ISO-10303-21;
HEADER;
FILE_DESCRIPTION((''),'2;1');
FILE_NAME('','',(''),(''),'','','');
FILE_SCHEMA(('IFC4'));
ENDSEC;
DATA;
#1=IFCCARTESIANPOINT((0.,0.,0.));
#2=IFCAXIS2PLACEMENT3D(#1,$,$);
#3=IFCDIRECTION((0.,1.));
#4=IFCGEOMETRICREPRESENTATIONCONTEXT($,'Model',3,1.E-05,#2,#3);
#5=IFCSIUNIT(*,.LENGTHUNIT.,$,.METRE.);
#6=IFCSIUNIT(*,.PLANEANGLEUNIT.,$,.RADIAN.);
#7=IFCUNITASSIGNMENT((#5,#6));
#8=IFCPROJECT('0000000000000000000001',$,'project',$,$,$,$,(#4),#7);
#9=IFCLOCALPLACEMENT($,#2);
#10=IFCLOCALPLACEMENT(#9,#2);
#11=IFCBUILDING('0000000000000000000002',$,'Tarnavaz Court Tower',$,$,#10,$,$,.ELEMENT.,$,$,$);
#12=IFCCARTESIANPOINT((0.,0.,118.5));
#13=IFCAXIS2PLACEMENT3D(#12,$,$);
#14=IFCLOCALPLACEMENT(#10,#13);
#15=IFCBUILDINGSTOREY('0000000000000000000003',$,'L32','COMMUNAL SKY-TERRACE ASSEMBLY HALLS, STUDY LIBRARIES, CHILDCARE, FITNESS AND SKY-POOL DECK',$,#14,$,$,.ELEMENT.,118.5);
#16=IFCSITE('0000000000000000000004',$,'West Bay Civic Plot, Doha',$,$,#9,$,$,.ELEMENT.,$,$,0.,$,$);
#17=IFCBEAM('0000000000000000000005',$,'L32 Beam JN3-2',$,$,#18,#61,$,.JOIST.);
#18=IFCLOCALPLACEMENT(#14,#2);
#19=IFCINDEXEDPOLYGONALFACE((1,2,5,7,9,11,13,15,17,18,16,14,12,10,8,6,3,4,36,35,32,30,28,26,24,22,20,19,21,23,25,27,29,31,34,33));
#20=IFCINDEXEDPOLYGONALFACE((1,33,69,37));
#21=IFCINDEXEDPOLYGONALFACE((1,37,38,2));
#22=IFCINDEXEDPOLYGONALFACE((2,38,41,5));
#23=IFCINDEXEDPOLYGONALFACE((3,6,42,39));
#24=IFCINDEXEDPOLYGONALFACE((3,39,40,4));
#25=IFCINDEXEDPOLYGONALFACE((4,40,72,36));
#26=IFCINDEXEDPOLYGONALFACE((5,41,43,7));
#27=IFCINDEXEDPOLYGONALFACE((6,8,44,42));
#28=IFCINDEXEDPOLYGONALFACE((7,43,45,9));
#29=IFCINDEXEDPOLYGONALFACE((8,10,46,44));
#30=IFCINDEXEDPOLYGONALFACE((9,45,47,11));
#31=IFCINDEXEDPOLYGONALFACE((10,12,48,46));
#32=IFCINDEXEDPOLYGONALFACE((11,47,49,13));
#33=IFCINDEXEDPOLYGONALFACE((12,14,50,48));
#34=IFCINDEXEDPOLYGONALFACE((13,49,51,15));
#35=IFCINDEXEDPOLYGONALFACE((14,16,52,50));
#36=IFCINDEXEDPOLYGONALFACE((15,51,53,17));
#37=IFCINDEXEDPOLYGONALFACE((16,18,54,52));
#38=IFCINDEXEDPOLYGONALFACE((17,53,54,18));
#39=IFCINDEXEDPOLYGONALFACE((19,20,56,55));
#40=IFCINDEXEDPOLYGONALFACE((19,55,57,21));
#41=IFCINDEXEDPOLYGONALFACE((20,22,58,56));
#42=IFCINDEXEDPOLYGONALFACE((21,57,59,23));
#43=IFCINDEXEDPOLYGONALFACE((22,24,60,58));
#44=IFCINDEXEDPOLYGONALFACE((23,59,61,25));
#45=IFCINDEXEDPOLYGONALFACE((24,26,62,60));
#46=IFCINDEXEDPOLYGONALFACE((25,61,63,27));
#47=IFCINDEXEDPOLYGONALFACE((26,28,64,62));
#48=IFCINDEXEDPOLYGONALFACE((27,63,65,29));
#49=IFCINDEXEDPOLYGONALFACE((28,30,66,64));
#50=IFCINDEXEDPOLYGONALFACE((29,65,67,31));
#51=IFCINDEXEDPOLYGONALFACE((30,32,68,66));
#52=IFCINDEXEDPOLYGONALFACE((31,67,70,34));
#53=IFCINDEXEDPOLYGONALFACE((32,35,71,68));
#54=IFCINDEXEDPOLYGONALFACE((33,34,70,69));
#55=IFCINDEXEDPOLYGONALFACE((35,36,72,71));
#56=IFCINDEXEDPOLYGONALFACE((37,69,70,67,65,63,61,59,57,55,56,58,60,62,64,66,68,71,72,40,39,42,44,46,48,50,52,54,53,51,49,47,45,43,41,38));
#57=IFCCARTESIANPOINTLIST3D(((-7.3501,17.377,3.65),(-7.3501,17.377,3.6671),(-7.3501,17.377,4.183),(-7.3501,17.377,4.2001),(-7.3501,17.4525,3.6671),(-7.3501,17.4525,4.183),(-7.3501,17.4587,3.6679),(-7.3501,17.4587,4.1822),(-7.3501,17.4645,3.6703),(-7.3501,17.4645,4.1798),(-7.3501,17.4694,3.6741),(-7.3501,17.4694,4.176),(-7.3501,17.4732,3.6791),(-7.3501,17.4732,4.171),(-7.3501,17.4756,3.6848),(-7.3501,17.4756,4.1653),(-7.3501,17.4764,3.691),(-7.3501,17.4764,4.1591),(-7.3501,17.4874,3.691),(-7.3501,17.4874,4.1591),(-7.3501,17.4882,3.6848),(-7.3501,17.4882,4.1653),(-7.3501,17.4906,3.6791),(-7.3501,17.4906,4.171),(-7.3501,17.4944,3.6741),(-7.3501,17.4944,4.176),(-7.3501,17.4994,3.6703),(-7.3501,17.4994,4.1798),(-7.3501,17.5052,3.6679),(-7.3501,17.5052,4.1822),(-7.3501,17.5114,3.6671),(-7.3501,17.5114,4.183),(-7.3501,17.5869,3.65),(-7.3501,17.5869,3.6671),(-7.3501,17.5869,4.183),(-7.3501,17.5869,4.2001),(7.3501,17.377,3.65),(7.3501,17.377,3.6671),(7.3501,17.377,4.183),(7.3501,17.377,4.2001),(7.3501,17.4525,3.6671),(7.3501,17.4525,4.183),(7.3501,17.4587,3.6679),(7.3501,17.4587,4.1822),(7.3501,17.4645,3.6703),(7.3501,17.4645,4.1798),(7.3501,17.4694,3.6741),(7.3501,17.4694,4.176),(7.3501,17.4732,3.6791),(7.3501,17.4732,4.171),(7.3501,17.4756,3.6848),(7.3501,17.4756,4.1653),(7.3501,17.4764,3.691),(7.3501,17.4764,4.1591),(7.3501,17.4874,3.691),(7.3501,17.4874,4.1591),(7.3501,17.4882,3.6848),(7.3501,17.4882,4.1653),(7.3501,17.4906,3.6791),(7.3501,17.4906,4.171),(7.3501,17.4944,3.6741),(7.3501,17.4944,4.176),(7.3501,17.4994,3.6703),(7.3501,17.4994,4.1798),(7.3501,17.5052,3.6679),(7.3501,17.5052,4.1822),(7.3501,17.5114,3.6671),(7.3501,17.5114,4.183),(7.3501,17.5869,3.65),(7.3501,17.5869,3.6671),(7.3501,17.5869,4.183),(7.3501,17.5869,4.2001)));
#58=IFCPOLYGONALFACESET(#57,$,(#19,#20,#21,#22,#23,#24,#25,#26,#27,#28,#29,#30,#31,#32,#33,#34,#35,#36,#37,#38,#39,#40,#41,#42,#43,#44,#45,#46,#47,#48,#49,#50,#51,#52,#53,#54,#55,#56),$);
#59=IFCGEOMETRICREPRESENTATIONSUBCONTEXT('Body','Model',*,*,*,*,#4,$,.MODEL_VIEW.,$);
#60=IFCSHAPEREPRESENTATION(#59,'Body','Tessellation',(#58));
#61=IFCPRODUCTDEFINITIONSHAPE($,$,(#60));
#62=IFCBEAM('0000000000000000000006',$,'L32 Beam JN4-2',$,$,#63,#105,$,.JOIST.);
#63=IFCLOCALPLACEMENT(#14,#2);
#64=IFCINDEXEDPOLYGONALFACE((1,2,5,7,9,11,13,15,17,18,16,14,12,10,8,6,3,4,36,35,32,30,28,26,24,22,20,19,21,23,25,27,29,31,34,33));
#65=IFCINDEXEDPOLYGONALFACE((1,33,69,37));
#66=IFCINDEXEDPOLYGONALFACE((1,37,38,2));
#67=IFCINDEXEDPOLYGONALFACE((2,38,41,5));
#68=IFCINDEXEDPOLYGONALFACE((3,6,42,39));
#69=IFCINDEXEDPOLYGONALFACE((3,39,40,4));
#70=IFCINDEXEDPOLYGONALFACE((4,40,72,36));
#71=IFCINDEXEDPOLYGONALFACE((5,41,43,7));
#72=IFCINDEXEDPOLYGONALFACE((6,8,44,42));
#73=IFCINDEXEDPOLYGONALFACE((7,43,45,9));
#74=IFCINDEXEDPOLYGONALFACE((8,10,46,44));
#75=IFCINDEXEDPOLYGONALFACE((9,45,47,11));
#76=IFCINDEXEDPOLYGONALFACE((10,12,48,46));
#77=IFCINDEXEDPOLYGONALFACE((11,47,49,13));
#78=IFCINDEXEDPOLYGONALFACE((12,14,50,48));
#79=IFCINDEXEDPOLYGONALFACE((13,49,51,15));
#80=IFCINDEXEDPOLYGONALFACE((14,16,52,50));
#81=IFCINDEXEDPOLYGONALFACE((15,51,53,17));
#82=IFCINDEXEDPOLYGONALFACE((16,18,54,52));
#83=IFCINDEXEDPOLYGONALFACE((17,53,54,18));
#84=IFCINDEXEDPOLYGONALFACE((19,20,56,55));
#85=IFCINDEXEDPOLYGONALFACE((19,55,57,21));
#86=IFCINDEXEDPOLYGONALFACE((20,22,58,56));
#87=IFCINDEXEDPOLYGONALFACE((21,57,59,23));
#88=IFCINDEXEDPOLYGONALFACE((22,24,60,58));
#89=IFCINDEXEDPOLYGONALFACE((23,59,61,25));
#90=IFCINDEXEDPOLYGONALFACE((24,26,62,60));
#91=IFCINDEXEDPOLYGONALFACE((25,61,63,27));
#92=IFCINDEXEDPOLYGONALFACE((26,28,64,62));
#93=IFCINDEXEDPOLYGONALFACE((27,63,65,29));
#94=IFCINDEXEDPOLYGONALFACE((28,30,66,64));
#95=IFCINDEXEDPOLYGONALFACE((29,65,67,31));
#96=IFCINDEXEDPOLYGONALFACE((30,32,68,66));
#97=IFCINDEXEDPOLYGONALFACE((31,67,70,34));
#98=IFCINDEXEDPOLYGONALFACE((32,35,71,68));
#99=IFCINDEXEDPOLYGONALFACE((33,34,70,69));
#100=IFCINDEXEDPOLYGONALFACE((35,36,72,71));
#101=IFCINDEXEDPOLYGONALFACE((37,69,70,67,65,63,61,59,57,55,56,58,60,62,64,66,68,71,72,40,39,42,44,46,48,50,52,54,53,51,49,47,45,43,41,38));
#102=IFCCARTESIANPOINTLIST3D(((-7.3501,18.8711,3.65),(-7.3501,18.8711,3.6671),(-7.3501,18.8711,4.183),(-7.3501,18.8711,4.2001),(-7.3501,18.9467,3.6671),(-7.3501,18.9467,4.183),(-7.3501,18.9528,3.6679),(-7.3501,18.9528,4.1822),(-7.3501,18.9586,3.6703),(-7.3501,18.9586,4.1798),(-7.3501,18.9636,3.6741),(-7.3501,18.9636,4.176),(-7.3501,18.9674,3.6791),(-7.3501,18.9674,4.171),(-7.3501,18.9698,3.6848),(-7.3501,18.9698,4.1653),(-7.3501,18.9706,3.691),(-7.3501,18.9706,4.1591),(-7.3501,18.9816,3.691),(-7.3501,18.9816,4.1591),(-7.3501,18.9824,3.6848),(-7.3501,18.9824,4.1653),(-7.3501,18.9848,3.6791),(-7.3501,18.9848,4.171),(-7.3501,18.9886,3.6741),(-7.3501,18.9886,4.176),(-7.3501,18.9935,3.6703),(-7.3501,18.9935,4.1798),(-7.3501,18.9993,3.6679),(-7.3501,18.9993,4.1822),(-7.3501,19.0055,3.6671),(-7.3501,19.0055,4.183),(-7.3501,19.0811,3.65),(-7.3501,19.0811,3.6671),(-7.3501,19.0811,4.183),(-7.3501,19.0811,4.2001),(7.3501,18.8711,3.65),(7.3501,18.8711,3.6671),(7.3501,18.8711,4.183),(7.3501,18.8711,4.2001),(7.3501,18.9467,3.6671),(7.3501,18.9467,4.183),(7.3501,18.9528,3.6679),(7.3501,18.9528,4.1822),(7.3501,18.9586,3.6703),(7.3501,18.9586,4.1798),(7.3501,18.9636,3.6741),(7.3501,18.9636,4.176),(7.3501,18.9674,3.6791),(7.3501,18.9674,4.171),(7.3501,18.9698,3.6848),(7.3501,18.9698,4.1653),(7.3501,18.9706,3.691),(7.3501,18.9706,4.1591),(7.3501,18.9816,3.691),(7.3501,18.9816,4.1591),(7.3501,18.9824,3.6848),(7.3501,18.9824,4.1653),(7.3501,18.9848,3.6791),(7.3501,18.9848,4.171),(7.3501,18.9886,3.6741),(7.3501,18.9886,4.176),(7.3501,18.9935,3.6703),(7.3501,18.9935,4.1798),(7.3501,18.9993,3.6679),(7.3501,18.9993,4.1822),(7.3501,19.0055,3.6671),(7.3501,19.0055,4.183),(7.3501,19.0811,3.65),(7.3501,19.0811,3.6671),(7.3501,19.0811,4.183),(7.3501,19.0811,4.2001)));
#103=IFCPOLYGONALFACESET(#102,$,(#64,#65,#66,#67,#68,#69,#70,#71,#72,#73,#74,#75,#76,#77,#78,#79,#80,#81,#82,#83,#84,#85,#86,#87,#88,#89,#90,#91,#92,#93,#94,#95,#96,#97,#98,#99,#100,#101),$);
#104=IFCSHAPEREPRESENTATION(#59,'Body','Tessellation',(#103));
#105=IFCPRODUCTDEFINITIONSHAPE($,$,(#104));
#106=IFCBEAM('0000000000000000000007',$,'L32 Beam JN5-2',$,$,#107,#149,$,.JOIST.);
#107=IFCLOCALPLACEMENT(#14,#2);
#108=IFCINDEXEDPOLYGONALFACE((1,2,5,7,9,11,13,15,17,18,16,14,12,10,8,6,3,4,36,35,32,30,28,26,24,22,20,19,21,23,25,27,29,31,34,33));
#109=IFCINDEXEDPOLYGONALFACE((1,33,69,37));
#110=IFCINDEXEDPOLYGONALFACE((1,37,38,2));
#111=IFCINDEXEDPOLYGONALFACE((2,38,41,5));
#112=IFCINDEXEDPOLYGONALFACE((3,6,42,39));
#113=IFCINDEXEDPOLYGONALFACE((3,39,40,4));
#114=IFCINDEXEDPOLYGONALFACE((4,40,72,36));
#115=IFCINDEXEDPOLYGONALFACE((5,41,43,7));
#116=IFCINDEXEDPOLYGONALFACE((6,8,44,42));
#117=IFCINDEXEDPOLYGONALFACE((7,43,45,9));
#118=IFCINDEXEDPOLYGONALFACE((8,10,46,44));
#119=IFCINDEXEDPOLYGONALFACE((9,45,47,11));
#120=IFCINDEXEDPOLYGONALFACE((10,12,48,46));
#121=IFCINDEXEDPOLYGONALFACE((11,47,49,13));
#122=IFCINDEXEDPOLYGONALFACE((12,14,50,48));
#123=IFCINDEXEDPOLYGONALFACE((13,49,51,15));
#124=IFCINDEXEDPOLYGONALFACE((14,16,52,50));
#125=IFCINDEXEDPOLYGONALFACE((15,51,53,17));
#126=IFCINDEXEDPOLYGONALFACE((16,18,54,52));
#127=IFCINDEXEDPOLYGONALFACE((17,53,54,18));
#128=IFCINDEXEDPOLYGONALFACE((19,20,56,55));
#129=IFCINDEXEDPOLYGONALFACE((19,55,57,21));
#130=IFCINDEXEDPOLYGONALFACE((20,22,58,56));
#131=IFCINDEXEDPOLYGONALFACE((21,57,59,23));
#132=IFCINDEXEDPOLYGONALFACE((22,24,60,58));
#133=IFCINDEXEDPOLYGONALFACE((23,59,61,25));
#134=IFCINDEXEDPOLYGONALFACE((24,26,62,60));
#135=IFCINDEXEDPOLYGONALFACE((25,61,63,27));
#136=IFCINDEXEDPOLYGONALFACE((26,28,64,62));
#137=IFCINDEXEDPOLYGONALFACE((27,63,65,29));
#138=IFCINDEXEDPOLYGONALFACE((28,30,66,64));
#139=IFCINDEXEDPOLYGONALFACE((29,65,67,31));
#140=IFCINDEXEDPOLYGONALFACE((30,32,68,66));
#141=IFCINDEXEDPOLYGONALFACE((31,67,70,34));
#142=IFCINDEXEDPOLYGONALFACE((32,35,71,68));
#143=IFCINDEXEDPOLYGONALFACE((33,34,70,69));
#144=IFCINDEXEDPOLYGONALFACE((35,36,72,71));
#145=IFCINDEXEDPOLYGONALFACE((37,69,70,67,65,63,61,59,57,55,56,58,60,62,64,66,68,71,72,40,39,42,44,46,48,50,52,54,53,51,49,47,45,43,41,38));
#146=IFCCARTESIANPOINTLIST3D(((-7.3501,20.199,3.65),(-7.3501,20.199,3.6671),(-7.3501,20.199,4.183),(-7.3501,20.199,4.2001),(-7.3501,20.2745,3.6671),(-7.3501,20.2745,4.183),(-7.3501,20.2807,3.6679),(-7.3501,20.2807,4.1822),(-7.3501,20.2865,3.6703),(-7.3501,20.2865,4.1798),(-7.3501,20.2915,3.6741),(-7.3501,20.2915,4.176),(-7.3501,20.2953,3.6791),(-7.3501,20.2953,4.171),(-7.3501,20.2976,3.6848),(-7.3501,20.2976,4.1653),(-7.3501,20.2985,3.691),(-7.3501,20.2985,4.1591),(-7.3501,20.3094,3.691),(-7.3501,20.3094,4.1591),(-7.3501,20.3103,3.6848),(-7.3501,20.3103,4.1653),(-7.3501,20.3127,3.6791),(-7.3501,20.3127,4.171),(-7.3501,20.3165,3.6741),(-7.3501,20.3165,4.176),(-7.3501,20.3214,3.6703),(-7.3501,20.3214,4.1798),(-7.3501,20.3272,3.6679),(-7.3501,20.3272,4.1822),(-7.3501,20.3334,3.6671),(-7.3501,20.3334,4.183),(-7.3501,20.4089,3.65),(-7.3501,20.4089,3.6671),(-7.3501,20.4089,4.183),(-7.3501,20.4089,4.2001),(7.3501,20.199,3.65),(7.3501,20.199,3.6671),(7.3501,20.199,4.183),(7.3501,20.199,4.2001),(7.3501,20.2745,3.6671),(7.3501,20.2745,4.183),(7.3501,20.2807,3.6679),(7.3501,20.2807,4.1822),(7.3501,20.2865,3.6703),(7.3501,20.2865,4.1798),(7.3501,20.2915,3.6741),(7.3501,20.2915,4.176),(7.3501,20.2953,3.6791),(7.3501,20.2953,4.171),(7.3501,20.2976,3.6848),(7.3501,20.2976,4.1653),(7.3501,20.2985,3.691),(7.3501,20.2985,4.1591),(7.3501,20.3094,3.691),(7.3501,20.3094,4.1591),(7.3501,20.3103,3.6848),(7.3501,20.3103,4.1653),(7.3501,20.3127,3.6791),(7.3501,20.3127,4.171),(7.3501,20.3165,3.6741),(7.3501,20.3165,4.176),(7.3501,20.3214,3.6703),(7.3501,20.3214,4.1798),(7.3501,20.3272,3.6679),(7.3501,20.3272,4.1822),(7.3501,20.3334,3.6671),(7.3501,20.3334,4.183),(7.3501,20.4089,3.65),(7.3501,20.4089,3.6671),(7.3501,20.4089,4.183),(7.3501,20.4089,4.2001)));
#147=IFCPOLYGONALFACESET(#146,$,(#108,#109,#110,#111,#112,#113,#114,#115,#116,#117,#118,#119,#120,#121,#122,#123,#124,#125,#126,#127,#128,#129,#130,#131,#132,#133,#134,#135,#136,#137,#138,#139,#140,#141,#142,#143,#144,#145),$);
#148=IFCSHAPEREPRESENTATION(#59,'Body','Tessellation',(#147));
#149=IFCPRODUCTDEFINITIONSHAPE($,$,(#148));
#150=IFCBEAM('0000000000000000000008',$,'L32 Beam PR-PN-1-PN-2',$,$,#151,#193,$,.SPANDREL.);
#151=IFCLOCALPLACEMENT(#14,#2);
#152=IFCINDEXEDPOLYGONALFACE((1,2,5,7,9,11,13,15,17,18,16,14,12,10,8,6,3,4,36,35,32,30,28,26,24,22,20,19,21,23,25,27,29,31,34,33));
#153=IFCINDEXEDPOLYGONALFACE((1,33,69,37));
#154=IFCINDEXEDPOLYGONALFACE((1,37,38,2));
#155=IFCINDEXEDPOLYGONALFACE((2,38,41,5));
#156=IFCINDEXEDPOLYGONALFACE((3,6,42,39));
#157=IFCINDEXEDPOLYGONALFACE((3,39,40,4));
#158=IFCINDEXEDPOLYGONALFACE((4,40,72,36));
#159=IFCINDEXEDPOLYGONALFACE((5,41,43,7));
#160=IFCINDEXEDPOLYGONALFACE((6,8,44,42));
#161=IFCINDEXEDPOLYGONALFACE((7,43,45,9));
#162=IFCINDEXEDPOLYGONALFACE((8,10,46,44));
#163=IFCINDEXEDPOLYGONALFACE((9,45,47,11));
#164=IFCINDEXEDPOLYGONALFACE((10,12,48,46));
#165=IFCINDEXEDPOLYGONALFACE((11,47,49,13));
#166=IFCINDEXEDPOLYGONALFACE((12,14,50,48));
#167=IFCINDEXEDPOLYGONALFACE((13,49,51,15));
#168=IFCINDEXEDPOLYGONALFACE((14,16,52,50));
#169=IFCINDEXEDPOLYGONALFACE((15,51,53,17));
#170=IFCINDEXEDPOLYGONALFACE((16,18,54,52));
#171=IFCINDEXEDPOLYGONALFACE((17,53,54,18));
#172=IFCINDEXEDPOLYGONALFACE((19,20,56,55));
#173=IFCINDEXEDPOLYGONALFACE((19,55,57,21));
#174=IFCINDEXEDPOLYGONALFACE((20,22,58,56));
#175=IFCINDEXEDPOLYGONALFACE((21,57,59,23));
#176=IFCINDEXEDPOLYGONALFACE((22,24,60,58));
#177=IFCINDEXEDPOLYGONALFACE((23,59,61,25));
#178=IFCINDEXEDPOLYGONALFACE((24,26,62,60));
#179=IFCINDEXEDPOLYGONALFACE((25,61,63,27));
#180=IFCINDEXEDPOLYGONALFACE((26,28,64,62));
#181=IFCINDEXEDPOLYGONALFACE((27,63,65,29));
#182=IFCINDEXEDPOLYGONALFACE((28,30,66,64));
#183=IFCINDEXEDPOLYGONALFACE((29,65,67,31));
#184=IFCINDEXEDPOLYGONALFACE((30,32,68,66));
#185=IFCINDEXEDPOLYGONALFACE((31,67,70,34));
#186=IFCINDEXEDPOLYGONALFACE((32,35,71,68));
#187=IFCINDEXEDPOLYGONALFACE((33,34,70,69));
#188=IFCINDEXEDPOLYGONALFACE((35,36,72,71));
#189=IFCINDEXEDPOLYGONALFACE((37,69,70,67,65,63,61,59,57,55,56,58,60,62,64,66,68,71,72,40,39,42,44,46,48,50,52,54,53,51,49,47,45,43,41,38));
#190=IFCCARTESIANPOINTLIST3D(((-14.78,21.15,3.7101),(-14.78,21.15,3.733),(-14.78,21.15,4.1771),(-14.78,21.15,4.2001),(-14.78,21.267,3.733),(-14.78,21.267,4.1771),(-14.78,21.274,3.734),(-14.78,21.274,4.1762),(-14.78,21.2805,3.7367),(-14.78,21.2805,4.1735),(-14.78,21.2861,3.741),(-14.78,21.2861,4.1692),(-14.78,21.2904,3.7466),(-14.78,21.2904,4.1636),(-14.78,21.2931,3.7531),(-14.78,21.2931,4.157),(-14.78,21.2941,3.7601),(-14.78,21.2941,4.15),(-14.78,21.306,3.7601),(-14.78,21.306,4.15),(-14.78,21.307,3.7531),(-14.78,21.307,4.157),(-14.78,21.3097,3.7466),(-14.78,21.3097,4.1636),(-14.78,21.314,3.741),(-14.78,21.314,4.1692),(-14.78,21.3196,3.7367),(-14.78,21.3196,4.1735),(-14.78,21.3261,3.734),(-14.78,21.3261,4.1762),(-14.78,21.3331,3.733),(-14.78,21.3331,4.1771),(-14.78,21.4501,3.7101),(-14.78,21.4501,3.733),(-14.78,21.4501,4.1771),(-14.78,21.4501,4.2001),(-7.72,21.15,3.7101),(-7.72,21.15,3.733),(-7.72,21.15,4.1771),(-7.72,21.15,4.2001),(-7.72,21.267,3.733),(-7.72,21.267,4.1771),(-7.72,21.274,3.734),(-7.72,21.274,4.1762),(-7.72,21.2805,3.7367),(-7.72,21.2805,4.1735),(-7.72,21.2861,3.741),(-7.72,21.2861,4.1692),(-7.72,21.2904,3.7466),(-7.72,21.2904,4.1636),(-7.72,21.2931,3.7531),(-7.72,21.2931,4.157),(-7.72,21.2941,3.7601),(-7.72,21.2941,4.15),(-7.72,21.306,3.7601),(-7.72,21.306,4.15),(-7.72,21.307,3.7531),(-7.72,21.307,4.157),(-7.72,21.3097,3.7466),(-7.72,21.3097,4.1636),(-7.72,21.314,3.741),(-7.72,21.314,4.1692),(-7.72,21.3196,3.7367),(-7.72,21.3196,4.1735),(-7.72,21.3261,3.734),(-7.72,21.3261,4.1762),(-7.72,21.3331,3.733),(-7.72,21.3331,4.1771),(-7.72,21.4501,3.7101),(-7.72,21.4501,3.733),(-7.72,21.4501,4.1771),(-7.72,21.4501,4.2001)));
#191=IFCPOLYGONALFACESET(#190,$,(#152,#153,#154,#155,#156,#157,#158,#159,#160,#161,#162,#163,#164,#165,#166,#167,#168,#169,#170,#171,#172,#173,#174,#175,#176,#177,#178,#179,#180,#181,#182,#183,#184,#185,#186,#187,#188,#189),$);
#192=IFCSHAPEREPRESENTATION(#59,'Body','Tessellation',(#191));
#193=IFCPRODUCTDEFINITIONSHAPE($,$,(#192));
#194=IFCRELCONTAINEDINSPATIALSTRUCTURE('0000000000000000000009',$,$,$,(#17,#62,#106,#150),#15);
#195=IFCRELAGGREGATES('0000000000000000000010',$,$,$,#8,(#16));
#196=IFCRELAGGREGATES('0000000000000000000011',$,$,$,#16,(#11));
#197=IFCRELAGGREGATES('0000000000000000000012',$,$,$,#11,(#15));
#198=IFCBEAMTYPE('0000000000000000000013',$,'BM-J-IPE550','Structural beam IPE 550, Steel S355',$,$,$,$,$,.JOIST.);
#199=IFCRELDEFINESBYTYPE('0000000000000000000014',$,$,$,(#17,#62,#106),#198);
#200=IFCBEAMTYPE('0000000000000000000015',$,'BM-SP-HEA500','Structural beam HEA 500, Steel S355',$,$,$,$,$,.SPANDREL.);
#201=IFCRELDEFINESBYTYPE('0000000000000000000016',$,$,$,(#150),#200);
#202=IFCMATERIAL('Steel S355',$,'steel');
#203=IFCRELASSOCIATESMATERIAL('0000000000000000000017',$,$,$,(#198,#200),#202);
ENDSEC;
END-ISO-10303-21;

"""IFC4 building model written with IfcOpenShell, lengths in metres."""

from ifc_helpers import new_model, si_unit, direction, frame, origin, origin_2d, place, context, subcontext, project, spatial, i_section, extrude, material, material_profile, profile_set, type_object, element, save


model = new_model("IFC4")

# Units and contexts
model_context = context("Model", 3, precision=1e-05, world=origin(), true_north=direction((0.0, 1.0)))
body_context = subcontext(model_context, "Body", "Model", "MODEL_VIEW")
ifc_project = project(units=[si_unit("LENGTHUNIT", "METRE"), si_unit("PLANEANGLEUNIT", "RADIAN")], contexts=[model_context])

# Site, building, storey
site_placement = place(None, origin())
site = spatial("IfcSite", under=ifc_project, at=site_placement, Name="West Bay Civic Plot, Doha", CompositionType="ELEMENT", RefElevation=0.0)
building_placement = place(site_placement, origin())
building = spatial("IfcBuilding", under=site, at=building_placement, Name="Tarnavaz Court Tower", CompositionType="ELEMENT")
storey_placement = place(building_placement, frame((0.0, 0.0, 118.5)))
storey = spatial("IfcBuildingStorey", under=building, at=storey_placement, Name="L32", Description="COMMUNAL SKY-TERRACE ASSEMBLY HALLS, STUDY LIBRARIES, CHILDCARE, FITNESS AND SKY-POOL DECK", CompositionType="ELEMENT", Elevation=118.5)

# Beams
ifc_material_1 = material(Name="Steel S355", Category="steel")
ifc_material_profile_1 = material_profile(ifc_material_1, i_section(OverallWidth=0.21, OverallDepth=0.55, WebThickness=0.011, FlangeThickness=0.0171, FilletRadius=0.0239, at=origin_2d()), Name="IPE 550")
ifc_profile_set_1 = profile_set([ifc_material_profile_1], Name="Steel S355")
beam_type_1 = type_object("IfcBeamType", Name="BM-J-IPE550", Description="Structural beam IPE 550, Steel S355", PredefinedType="JOIST", material=ifc_profile_set_1)
for number, where, z_axis, x_axis, name in (
    (1, (-7.3501, 17.4819, 3.925), (1.0, 0.0, 0.0), (0.0, 1.0, 0.0), "L32 Beam JN3-2"),
    (2, (-7.3501, 18.9761, 3.925), (1.0, 0.0, 0.0), (0.0, 1.0, 0.0), "L32 Beam JN4-2"),
    (3, (-7.3501, 20.304, 3.925), (1.0, 0.0, 0.0), (0.0, 1.0, 0.0), "L32 Beam JN5-2"),
):
    element("IfcBeam", number, at=place(storey_placement, frame(where, z_axis=z_axis, x_axis=x_axis)), inside=storey, type_object=beam_type_1, Name=name, PredefinedType="JOIST", context=body_context, shape_type="SweptSolid", body=[
        extrude(i_section(OverallWidth=0.21, OverallDepth=0.55, WebThickness=0.011, FlangeThickness=0.0171, FilletRadius=0.0239, at=origin_2d()), origin(), (0.0, 0.0, 1.0), 14.7002),
    ])
ifc_material_profile_2 = material_profile(ifc_material_1, i_section(OverallWidth=0.3, OverallDepth=0.49, WebThickness=0.012, FlangeThickness=0.0229, FilletRadius=0.0271, at=origin_2d()), Name="HEA 500")
ifc_profile_set_2 = profile_set([ifc_material_profile_2], Name="Steel S355")
beam_type_2 = type_object("IfcBeamType", Name="BM-SP-HEA500", Description="Structural beam HEA 500, Steel S355", PredefinedType="SPANDREL", material=ifc_profile_set_2)
beam_1_placement = place(storey_placement, frame((-14.78, 21.3, 3.9551), z_axis=(1.0, 0.0, 0.0), x_axis=(0.0, 1.0, 0.0)))
element("IfcBeam", 4, at=beam_1_placement, inside=storey, type_object=beam_type_2, Name="L32 Beam PR-PN-1-PN-2", PredefinedType="SPANDREL", context=body_context, shape_type="SweptSolid", body=[
    extrude(i_section(OverallWidth=0.3, OverallDepth=0.49, WebThickness=0.012, FlangeThickness=0.0229, FilletRadius=0.0271, at=origin_2d()), origin(), (0.0, 0.0, 1.0), 7.0601),
])

save(model, "model.ifc")
